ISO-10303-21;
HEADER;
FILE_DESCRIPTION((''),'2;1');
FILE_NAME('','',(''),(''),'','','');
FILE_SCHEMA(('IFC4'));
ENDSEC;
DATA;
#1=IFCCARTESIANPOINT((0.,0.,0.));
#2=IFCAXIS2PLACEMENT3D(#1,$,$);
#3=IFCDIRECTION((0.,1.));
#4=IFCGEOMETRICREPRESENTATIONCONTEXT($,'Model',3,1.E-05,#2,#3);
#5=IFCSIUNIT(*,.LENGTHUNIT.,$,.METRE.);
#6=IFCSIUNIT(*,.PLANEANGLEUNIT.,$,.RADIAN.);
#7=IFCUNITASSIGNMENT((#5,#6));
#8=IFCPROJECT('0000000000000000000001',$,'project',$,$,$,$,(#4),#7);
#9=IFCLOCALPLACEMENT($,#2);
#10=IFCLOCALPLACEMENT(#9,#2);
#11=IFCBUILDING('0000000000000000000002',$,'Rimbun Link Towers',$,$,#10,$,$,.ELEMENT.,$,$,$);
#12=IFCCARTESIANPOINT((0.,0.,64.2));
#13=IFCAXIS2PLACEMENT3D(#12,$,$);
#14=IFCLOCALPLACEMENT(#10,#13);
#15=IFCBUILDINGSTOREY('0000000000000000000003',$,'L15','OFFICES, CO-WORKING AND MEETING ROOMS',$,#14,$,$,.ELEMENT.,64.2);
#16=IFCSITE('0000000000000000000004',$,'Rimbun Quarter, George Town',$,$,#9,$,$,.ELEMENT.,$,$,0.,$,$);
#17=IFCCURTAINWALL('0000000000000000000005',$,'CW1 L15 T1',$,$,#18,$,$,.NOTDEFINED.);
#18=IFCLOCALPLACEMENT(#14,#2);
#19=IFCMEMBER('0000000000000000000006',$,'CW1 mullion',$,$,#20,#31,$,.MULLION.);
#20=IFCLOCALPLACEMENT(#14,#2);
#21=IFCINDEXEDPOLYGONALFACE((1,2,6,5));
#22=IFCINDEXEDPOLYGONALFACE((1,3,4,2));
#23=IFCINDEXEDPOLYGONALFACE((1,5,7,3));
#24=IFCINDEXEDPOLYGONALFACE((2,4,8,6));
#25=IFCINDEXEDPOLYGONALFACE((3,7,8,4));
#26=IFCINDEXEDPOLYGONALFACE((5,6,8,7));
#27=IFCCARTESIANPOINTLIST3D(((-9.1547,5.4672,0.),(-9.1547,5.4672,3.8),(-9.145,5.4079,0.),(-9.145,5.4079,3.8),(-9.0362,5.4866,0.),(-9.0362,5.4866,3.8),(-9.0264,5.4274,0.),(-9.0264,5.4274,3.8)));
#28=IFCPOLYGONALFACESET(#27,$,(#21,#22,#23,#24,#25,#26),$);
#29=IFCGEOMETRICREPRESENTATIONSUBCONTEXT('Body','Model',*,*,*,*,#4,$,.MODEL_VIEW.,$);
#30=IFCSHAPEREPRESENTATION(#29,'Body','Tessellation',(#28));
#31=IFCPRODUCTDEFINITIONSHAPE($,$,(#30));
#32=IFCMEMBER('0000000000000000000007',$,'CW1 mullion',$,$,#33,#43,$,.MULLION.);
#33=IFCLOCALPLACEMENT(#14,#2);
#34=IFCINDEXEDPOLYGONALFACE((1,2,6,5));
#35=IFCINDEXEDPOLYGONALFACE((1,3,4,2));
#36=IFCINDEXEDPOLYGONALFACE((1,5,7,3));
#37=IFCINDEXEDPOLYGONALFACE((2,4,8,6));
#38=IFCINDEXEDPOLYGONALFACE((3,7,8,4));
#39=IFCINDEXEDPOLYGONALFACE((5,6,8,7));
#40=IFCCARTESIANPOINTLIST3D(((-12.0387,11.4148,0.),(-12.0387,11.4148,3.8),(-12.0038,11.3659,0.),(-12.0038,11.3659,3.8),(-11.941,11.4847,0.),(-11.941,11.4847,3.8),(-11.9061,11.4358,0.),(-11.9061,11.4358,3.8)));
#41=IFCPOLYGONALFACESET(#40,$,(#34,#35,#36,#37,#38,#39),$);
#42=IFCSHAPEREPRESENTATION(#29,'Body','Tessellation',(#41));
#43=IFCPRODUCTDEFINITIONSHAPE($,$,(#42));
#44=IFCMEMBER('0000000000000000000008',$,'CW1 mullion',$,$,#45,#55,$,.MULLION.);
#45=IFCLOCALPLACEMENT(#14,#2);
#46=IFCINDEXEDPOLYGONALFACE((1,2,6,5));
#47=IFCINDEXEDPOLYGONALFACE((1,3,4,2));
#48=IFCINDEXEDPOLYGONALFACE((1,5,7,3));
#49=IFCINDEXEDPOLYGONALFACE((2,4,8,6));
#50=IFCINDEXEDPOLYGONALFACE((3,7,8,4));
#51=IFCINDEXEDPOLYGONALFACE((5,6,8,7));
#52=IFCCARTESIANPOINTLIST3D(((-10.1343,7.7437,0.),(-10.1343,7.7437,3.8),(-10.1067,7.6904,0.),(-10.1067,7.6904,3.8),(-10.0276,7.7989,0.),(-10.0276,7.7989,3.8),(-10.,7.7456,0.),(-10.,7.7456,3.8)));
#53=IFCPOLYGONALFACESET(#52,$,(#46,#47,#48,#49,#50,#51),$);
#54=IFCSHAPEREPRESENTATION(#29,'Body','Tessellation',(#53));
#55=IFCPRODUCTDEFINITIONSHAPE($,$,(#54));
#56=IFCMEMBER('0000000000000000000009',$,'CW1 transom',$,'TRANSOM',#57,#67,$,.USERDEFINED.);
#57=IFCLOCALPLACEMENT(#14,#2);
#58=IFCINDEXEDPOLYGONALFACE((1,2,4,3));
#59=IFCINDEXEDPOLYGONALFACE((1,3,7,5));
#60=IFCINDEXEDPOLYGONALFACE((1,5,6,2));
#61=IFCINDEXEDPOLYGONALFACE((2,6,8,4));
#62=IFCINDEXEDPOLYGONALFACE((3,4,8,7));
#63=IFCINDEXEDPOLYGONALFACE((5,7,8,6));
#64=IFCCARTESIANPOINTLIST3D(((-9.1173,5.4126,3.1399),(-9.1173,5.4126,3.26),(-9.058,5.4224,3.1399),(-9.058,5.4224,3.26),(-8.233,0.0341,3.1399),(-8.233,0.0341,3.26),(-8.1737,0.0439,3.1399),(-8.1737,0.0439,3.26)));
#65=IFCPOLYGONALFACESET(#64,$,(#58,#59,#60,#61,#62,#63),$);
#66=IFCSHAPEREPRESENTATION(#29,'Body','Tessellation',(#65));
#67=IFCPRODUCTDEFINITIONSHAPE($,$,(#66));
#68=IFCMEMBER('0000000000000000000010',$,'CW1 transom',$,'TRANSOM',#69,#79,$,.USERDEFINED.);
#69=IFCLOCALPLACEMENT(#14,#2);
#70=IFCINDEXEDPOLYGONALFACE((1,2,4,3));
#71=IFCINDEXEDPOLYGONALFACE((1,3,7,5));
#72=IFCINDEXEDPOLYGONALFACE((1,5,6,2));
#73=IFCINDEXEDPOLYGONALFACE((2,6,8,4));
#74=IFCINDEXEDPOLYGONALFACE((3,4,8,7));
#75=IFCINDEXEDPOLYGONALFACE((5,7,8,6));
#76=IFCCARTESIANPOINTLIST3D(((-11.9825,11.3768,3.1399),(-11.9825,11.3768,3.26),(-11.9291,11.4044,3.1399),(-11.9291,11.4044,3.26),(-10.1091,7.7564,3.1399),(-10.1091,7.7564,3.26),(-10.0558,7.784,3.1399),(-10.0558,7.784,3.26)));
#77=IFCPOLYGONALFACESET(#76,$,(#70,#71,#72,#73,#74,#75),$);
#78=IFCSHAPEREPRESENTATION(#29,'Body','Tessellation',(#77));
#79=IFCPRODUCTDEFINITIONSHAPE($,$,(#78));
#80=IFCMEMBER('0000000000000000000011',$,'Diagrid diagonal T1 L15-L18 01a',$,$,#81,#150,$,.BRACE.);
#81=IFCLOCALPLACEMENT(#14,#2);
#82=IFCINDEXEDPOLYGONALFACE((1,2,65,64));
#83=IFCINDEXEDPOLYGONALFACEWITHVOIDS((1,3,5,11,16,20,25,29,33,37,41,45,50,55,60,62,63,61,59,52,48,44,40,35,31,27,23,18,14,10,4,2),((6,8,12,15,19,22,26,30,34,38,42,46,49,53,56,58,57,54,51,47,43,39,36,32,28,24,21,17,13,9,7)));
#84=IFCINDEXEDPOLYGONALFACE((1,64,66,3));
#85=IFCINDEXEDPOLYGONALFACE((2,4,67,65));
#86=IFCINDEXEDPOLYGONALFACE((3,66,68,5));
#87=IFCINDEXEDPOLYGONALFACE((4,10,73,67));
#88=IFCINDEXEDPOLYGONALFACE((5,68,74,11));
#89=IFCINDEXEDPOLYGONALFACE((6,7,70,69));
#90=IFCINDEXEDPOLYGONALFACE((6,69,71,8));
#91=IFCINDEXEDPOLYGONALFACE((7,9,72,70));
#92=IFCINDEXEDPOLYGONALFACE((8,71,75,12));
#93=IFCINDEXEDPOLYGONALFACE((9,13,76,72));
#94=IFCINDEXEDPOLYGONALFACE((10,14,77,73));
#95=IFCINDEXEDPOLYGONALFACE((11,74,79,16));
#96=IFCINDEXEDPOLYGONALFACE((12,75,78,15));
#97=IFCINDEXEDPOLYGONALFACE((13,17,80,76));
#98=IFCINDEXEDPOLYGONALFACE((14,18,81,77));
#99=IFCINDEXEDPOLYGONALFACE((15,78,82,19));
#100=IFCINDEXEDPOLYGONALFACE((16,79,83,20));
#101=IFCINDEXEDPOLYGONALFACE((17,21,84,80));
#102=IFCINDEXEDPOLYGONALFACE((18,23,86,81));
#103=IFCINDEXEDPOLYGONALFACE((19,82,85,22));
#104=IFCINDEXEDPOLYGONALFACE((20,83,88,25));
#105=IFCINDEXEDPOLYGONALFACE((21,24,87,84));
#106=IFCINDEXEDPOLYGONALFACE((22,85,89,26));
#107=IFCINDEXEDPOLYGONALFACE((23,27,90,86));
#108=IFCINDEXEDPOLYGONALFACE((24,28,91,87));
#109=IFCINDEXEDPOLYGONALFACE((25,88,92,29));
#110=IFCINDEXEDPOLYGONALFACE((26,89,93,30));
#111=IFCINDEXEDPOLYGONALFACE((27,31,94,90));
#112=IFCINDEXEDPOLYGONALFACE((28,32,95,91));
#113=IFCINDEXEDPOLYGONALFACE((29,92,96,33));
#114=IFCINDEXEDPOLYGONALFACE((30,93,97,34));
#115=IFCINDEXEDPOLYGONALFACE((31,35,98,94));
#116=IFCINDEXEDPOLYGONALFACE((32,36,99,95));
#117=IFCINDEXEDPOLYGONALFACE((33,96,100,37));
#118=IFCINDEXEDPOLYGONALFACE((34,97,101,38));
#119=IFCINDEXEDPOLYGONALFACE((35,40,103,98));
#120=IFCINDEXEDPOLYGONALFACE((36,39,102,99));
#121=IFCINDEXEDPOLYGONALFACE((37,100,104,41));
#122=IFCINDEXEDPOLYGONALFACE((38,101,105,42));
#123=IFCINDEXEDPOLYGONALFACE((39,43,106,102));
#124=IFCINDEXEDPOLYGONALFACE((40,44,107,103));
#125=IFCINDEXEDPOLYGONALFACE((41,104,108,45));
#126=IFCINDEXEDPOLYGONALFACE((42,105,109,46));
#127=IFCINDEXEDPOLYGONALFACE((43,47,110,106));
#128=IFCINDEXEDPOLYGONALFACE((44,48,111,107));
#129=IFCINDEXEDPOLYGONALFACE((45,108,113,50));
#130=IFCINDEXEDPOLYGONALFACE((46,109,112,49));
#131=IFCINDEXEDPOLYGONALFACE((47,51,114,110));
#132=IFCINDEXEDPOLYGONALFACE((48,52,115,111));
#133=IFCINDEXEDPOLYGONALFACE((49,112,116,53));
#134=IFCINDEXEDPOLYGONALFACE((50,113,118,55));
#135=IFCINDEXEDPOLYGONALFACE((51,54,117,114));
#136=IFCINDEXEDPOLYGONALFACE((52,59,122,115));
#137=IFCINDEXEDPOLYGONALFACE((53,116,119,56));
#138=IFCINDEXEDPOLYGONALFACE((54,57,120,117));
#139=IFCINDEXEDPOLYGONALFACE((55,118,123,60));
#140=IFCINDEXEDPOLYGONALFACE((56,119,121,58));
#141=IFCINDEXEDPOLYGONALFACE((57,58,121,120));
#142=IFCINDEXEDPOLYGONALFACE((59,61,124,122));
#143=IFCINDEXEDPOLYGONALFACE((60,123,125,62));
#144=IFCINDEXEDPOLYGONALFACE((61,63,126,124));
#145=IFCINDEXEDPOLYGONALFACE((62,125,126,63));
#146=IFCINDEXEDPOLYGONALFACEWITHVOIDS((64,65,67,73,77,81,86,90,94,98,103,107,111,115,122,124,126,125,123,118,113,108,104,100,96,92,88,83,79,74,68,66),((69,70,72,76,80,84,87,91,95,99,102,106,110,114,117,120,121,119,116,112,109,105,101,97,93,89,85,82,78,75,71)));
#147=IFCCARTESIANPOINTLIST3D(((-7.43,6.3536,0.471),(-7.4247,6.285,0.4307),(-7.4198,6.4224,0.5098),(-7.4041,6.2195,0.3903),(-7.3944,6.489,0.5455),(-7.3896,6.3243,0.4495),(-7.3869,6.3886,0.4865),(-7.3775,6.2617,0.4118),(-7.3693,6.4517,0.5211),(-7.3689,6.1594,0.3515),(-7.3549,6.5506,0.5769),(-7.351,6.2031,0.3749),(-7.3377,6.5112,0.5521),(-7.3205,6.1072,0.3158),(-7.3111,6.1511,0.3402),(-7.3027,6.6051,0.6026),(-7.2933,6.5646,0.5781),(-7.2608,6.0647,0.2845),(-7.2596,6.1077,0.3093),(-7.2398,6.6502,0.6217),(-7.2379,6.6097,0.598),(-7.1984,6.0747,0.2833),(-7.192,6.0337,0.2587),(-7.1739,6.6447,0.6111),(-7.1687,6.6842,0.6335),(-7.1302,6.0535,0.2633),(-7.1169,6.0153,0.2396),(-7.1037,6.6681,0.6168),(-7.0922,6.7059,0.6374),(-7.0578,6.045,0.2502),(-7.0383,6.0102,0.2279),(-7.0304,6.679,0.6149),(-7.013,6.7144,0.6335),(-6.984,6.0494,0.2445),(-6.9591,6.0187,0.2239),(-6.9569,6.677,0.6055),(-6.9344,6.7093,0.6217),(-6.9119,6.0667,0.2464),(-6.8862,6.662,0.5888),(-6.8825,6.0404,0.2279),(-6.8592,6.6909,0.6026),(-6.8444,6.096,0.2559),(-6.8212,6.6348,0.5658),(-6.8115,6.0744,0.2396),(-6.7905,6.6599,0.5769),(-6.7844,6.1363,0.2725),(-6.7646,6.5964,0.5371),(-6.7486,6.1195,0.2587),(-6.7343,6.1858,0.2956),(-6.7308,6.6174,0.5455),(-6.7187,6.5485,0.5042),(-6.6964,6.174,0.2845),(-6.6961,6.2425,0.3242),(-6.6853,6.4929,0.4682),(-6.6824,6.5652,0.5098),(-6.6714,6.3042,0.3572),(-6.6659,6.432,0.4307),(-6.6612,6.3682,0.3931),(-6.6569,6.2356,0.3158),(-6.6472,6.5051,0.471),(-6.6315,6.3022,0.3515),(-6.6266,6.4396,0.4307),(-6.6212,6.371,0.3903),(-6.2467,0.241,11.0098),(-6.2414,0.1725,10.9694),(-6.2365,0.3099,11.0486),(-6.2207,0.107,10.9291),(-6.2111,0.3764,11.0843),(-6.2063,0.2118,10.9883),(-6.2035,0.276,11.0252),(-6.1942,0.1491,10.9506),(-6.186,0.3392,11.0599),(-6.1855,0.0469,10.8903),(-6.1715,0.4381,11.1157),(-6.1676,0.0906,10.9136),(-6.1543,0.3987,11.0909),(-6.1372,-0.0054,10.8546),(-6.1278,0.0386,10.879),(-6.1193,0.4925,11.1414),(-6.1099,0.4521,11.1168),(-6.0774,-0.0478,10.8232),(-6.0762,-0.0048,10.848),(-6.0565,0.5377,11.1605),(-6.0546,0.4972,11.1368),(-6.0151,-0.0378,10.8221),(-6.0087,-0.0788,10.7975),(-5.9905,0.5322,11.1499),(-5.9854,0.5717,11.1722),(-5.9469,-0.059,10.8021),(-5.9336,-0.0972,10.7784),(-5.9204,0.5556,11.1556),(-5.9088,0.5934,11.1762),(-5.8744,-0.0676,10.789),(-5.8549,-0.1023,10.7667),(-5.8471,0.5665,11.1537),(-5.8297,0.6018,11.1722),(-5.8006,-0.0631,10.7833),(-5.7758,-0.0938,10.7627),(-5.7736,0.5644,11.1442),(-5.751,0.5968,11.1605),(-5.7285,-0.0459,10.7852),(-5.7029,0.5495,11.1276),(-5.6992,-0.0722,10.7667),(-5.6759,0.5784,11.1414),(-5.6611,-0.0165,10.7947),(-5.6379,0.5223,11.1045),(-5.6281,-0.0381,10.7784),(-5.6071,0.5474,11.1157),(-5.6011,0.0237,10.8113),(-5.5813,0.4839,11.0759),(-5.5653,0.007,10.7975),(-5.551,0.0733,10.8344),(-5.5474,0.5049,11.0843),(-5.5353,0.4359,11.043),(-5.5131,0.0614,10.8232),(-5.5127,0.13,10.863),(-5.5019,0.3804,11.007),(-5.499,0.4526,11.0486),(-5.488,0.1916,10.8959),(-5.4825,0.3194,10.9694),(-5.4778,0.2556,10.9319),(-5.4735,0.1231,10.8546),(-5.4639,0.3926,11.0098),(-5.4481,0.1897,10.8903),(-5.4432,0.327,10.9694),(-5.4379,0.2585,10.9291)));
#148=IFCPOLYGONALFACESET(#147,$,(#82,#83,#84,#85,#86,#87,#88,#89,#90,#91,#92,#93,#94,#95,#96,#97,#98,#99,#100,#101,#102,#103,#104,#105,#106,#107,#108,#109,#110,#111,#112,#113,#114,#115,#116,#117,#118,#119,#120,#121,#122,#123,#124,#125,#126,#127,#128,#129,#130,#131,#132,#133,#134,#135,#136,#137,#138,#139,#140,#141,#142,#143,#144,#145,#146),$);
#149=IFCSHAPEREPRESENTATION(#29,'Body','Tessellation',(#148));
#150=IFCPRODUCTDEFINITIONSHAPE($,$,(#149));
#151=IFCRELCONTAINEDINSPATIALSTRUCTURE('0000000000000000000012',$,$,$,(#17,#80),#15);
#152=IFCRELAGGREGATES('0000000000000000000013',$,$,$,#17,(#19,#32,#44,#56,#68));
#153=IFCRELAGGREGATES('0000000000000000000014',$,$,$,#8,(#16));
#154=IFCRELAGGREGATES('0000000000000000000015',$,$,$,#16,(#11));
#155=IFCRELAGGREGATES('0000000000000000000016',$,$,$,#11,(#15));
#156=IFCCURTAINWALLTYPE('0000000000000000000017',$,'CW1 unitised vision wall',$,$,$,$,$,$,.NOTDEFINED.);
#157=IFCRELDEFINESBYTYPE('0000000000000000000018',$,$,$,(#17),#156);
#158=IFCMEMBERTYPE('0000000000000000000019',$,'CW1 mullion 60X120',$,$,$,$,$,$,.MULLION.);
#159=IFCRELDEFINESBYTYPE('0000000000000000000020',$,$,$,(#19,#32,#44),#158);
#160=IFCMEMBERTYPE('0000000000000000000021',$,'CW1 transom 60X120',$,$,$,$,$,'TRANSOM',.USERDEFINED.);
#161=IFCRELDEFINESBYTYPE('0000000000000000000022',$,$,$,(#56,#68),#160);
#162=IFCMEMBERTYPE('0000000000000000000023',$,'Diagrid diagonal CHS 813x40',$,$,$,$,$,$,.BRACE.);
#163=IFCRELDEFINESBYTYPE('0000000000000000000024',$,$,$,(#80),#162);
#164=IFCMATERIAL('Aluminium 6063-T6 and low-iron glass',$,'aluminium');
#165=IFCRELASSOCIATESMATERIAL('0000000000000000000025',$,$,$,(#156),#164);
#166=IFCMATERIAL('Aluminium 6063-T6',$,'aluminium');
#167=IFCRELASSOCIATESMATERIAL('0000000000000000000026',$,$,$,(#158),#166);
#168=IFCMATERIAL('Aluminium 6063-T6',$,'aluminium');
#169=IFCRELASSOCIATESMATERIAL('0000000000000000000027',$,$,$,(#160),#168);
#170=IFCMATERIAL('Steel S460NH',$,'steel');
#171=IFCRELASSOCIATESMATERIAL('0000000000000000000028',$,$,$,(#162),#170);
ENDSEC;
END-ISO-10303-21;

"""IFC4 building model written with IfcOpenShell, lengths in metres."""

from ifc_helpers import new_model, si_unit, direction, frame, origin, origin_2d, place, context, subcontext, project, spatial, rectangle, hollow_circle, extrude, material, material_profile, profile_set, type_object, element, aggregate, save


model = new_model("IFC4")

# Units and contexts
model_context = context("Model", 3, precision=1e-05, world=origin(), true_north=direction((0.0, 1.0)))
body_context = subcontext(model_context, "Body", "Model", "MODEL_VIEW")
ifc_project = project(units=[si_unit("LENGTHUNIT", "METRE"), si_unit("PLANEANGLEUNIT", "RADIAN")], contexts=[model_context])

# Site, building, storey
site_placement = place(None, origin())
site = spatial("IfcSite", under=ifc_project, at=site_placement, Name="Rimbun Quarter, George Town", CompositionType="ELEMENT", RefElevation=0.0)
building_placement = place(site_placement, origin())
building = spatial("IfcBuilding", under=site, at=building_placement, Name="Rimbun Link Towers", CompositionType="ELEMENT")
storey_placement = place(building_placement, frame((0.0, 0.0, 64.2)))
storey = spatial("IfcBuildingStorey", under=building, at=storey_placement, Name="L15", Description="OFFICES, CO-WORKING AND MEETING ROOMS", CompositionType="ELEMENT", Elevation=64.2)

# Curtain wall, members
ifc_material_1 = material(Name="Aluminium 6063-T6 and low-iron glass", Category="aluminium")
curtain_wall_type = type_object("IfcCurtainWallType", Name="CW1 unitised vision wall", PredefinedType="NOTDEFINED", material=ifc_material_1)
curtain_wall_placement = place(storey_placement, origin())
curtain_wall = element("IfcCurtainWall", 1, at=curtain_wall_placement, inside=storey, type_object=curtain_wall_type, Name="CW1 L15 T1", PredefinedType="NOTDEFINED")
ifc_material_2 = material(Name="Aluminium 6063-T6", Category="aluminium")
ifc_material_profile_1 = material_profile(ifc_material_2, rectangle(XDim=0.1201, YDim=0.0601, at=origin_2d()), Name="MULLION 60X120")
ifc_profile_set_1 = profile_set([ifc_material_profile_1], Name="Aluminium 6063-T6")
member_type_1 = type_object("IfcMemberType", Name="CW1 mullion 60X120", PredefinedType="MULLION", material=ifc_profile_set_1)
member_1_placement = place(storey_placement, frame((-9.0906, 5.4473, 0.0), z_axis=(0.0, 0.0, 1.0), x_axis=(0.986748, 0.16226, 0.0)))
member_1 = element("IfcMember", 2, at=member_1_placement, type_object=member_type_1, Name="CW1 mullion", PredefinedType="MULLION", context=body_context, shape_type="SweptSolid", body=[
    extrude(rectangle(XDim=0.1201, YDim=0.0601, at=origin_2d()), origin(), (0.0, 0.0, 1.0), 3.8),
])
member_2_placement = place(storey_placement, frame((-11.9724, 11.4253, 0.0), z_axis=(0.0, 0.0, 1.0), x_axis=(0.813351, 0.581773, 0.0)))
member_2 = element("IfcMember", 3, at=member_2_placement, type_object=member_type_1, Name="CW1 mullion", PredefinedType="MULLION", context=body_context, shape_type="SweptSolid", body=[
    extrude(rectangle(XDim=0.1201, YDim=0.0601, at=origin_2d()), origin(), (0.0, 0.0, 1.0), 3.8),
])
member_3_placement = place(storey_placement, frame((-10.0671, 7.7446, 0.0), z_axis=(0.0, 0.0, 1.0), x_axis=(0.888149, 0.459556, 0.0)))
member_3 = element("IfcMember", 4, at=member_3_placement, type_object=member_type_1, Name="CW1 mullion", PredefinedType="MULLION", context=body_context, shape_type="SweptSolid", body=[
    extrude(rectangle(XDim=0.1201, YDim=0.0601, at=origin_2d()), origin(), (0.0, 0.0, 1.0), 3.8),
])
ifc_material_3 = material(Name="Aluminium 6063-T6", Category="aluminium")
ifc_material_profile_2 = material_profile(ifc_material_3, rectangle(XDim=0.0601, YDim=0.1201, at=origin_2d()), Name="TRANSOM 60X120")
ifc_profile_set_2 = profile_set([ifc_material_profile_2], Name="Aluminium 6063-T6")
member_type_2 = type_object("IfcMemberType", Name="CW1 transom 60X120", ElementType="TRANSOM", PredefinedType="USERDEFINED", material=ifc_profile_set_2)
member_4_placement = place(storey_placement, frame((-9.0876, 5.4175, 3.2), z_axis=(0.162234, -0.986752, 0.0), x_axis=(0.986752, 0.162234, 0.0)))
member_4 = element("IfcMember", 5, at=member_4_placement, type_object=member_type_2, Name="CW1 transom", ObjectType="TRANSOM", PredefinedType="USERDEFINED", context=body_context, shape_type="SweptSolid", body=[
    extrude(rectangle(XDim=0.0601, YDim=0.1201, at=origin_2d()), origin(), (0.0, 0.0, 1.0), 5.4507),
])
member_5_placement = place(storey_placement, frame((-11.9558, 11.3906, 3.2), z_axis=(0.459557, -0.888149, 0.0), x_axis=(0.888149, 0.459557, 0.0)))
member_5 = element("IfcMember", 6, at=member_5_placement, type_object=member_type_2, Name="CW1 transom", ObjectType="TRANSOM", PredefinedType="USERDEFINED", context=body_context, shape_type="SweptSolid", body=[
    extrude(rectangle(XDim=0.0601, YDim=0.1201, at=origin_2d()), origin(), (0.0, 0.0, 1.0), 4.0764),
])

# Member
ifc_material_4 = material(Name="Steel S460NH", Category="steel")
ifc_material_profile_3 = material_profile(ifc_material_4, hollow_circle(Radius=0.4065, WallThickness=0.04, at=origin_2d()), Name="Diagrid diagonal CHS 813x40")
ifc_profile_set_3 = profile_set([ifc_material_profile_3], Name="Steel S460NH")
member_type_3 = type_object("IfcMemberType", Name="Diagrid diagonal CHS 813x40", PredefinedType="BRACE", material=ifc_profile_set_3)
member_6_placement = place(storey_placement, frame((-7.0256, 6.3623, 0.4307), z_axis=(0.096675, -0.49937, 0.860978), x_axis=(0.981772, 0.190065, 0.0)))
element("IfcMember", 7, at=member_6_placement, inside=storey, type_object=member_type_3, Name="Diagrid diagonal T1 L15-L18 01a", PredefinedType="BRACE", context=body_context, shape_type="SweptSolid", body=[
    extrude(hollow_circle(Radius=0.4065, WallThickness=0.04, at=origin_2d()), origin(), (0.0, 0.0, 1.0), 12.2405),
])

aggregate(curtain_wall, [member_1, member_2, member_3, member_4, member_5])

save(model, "model.ifc")
